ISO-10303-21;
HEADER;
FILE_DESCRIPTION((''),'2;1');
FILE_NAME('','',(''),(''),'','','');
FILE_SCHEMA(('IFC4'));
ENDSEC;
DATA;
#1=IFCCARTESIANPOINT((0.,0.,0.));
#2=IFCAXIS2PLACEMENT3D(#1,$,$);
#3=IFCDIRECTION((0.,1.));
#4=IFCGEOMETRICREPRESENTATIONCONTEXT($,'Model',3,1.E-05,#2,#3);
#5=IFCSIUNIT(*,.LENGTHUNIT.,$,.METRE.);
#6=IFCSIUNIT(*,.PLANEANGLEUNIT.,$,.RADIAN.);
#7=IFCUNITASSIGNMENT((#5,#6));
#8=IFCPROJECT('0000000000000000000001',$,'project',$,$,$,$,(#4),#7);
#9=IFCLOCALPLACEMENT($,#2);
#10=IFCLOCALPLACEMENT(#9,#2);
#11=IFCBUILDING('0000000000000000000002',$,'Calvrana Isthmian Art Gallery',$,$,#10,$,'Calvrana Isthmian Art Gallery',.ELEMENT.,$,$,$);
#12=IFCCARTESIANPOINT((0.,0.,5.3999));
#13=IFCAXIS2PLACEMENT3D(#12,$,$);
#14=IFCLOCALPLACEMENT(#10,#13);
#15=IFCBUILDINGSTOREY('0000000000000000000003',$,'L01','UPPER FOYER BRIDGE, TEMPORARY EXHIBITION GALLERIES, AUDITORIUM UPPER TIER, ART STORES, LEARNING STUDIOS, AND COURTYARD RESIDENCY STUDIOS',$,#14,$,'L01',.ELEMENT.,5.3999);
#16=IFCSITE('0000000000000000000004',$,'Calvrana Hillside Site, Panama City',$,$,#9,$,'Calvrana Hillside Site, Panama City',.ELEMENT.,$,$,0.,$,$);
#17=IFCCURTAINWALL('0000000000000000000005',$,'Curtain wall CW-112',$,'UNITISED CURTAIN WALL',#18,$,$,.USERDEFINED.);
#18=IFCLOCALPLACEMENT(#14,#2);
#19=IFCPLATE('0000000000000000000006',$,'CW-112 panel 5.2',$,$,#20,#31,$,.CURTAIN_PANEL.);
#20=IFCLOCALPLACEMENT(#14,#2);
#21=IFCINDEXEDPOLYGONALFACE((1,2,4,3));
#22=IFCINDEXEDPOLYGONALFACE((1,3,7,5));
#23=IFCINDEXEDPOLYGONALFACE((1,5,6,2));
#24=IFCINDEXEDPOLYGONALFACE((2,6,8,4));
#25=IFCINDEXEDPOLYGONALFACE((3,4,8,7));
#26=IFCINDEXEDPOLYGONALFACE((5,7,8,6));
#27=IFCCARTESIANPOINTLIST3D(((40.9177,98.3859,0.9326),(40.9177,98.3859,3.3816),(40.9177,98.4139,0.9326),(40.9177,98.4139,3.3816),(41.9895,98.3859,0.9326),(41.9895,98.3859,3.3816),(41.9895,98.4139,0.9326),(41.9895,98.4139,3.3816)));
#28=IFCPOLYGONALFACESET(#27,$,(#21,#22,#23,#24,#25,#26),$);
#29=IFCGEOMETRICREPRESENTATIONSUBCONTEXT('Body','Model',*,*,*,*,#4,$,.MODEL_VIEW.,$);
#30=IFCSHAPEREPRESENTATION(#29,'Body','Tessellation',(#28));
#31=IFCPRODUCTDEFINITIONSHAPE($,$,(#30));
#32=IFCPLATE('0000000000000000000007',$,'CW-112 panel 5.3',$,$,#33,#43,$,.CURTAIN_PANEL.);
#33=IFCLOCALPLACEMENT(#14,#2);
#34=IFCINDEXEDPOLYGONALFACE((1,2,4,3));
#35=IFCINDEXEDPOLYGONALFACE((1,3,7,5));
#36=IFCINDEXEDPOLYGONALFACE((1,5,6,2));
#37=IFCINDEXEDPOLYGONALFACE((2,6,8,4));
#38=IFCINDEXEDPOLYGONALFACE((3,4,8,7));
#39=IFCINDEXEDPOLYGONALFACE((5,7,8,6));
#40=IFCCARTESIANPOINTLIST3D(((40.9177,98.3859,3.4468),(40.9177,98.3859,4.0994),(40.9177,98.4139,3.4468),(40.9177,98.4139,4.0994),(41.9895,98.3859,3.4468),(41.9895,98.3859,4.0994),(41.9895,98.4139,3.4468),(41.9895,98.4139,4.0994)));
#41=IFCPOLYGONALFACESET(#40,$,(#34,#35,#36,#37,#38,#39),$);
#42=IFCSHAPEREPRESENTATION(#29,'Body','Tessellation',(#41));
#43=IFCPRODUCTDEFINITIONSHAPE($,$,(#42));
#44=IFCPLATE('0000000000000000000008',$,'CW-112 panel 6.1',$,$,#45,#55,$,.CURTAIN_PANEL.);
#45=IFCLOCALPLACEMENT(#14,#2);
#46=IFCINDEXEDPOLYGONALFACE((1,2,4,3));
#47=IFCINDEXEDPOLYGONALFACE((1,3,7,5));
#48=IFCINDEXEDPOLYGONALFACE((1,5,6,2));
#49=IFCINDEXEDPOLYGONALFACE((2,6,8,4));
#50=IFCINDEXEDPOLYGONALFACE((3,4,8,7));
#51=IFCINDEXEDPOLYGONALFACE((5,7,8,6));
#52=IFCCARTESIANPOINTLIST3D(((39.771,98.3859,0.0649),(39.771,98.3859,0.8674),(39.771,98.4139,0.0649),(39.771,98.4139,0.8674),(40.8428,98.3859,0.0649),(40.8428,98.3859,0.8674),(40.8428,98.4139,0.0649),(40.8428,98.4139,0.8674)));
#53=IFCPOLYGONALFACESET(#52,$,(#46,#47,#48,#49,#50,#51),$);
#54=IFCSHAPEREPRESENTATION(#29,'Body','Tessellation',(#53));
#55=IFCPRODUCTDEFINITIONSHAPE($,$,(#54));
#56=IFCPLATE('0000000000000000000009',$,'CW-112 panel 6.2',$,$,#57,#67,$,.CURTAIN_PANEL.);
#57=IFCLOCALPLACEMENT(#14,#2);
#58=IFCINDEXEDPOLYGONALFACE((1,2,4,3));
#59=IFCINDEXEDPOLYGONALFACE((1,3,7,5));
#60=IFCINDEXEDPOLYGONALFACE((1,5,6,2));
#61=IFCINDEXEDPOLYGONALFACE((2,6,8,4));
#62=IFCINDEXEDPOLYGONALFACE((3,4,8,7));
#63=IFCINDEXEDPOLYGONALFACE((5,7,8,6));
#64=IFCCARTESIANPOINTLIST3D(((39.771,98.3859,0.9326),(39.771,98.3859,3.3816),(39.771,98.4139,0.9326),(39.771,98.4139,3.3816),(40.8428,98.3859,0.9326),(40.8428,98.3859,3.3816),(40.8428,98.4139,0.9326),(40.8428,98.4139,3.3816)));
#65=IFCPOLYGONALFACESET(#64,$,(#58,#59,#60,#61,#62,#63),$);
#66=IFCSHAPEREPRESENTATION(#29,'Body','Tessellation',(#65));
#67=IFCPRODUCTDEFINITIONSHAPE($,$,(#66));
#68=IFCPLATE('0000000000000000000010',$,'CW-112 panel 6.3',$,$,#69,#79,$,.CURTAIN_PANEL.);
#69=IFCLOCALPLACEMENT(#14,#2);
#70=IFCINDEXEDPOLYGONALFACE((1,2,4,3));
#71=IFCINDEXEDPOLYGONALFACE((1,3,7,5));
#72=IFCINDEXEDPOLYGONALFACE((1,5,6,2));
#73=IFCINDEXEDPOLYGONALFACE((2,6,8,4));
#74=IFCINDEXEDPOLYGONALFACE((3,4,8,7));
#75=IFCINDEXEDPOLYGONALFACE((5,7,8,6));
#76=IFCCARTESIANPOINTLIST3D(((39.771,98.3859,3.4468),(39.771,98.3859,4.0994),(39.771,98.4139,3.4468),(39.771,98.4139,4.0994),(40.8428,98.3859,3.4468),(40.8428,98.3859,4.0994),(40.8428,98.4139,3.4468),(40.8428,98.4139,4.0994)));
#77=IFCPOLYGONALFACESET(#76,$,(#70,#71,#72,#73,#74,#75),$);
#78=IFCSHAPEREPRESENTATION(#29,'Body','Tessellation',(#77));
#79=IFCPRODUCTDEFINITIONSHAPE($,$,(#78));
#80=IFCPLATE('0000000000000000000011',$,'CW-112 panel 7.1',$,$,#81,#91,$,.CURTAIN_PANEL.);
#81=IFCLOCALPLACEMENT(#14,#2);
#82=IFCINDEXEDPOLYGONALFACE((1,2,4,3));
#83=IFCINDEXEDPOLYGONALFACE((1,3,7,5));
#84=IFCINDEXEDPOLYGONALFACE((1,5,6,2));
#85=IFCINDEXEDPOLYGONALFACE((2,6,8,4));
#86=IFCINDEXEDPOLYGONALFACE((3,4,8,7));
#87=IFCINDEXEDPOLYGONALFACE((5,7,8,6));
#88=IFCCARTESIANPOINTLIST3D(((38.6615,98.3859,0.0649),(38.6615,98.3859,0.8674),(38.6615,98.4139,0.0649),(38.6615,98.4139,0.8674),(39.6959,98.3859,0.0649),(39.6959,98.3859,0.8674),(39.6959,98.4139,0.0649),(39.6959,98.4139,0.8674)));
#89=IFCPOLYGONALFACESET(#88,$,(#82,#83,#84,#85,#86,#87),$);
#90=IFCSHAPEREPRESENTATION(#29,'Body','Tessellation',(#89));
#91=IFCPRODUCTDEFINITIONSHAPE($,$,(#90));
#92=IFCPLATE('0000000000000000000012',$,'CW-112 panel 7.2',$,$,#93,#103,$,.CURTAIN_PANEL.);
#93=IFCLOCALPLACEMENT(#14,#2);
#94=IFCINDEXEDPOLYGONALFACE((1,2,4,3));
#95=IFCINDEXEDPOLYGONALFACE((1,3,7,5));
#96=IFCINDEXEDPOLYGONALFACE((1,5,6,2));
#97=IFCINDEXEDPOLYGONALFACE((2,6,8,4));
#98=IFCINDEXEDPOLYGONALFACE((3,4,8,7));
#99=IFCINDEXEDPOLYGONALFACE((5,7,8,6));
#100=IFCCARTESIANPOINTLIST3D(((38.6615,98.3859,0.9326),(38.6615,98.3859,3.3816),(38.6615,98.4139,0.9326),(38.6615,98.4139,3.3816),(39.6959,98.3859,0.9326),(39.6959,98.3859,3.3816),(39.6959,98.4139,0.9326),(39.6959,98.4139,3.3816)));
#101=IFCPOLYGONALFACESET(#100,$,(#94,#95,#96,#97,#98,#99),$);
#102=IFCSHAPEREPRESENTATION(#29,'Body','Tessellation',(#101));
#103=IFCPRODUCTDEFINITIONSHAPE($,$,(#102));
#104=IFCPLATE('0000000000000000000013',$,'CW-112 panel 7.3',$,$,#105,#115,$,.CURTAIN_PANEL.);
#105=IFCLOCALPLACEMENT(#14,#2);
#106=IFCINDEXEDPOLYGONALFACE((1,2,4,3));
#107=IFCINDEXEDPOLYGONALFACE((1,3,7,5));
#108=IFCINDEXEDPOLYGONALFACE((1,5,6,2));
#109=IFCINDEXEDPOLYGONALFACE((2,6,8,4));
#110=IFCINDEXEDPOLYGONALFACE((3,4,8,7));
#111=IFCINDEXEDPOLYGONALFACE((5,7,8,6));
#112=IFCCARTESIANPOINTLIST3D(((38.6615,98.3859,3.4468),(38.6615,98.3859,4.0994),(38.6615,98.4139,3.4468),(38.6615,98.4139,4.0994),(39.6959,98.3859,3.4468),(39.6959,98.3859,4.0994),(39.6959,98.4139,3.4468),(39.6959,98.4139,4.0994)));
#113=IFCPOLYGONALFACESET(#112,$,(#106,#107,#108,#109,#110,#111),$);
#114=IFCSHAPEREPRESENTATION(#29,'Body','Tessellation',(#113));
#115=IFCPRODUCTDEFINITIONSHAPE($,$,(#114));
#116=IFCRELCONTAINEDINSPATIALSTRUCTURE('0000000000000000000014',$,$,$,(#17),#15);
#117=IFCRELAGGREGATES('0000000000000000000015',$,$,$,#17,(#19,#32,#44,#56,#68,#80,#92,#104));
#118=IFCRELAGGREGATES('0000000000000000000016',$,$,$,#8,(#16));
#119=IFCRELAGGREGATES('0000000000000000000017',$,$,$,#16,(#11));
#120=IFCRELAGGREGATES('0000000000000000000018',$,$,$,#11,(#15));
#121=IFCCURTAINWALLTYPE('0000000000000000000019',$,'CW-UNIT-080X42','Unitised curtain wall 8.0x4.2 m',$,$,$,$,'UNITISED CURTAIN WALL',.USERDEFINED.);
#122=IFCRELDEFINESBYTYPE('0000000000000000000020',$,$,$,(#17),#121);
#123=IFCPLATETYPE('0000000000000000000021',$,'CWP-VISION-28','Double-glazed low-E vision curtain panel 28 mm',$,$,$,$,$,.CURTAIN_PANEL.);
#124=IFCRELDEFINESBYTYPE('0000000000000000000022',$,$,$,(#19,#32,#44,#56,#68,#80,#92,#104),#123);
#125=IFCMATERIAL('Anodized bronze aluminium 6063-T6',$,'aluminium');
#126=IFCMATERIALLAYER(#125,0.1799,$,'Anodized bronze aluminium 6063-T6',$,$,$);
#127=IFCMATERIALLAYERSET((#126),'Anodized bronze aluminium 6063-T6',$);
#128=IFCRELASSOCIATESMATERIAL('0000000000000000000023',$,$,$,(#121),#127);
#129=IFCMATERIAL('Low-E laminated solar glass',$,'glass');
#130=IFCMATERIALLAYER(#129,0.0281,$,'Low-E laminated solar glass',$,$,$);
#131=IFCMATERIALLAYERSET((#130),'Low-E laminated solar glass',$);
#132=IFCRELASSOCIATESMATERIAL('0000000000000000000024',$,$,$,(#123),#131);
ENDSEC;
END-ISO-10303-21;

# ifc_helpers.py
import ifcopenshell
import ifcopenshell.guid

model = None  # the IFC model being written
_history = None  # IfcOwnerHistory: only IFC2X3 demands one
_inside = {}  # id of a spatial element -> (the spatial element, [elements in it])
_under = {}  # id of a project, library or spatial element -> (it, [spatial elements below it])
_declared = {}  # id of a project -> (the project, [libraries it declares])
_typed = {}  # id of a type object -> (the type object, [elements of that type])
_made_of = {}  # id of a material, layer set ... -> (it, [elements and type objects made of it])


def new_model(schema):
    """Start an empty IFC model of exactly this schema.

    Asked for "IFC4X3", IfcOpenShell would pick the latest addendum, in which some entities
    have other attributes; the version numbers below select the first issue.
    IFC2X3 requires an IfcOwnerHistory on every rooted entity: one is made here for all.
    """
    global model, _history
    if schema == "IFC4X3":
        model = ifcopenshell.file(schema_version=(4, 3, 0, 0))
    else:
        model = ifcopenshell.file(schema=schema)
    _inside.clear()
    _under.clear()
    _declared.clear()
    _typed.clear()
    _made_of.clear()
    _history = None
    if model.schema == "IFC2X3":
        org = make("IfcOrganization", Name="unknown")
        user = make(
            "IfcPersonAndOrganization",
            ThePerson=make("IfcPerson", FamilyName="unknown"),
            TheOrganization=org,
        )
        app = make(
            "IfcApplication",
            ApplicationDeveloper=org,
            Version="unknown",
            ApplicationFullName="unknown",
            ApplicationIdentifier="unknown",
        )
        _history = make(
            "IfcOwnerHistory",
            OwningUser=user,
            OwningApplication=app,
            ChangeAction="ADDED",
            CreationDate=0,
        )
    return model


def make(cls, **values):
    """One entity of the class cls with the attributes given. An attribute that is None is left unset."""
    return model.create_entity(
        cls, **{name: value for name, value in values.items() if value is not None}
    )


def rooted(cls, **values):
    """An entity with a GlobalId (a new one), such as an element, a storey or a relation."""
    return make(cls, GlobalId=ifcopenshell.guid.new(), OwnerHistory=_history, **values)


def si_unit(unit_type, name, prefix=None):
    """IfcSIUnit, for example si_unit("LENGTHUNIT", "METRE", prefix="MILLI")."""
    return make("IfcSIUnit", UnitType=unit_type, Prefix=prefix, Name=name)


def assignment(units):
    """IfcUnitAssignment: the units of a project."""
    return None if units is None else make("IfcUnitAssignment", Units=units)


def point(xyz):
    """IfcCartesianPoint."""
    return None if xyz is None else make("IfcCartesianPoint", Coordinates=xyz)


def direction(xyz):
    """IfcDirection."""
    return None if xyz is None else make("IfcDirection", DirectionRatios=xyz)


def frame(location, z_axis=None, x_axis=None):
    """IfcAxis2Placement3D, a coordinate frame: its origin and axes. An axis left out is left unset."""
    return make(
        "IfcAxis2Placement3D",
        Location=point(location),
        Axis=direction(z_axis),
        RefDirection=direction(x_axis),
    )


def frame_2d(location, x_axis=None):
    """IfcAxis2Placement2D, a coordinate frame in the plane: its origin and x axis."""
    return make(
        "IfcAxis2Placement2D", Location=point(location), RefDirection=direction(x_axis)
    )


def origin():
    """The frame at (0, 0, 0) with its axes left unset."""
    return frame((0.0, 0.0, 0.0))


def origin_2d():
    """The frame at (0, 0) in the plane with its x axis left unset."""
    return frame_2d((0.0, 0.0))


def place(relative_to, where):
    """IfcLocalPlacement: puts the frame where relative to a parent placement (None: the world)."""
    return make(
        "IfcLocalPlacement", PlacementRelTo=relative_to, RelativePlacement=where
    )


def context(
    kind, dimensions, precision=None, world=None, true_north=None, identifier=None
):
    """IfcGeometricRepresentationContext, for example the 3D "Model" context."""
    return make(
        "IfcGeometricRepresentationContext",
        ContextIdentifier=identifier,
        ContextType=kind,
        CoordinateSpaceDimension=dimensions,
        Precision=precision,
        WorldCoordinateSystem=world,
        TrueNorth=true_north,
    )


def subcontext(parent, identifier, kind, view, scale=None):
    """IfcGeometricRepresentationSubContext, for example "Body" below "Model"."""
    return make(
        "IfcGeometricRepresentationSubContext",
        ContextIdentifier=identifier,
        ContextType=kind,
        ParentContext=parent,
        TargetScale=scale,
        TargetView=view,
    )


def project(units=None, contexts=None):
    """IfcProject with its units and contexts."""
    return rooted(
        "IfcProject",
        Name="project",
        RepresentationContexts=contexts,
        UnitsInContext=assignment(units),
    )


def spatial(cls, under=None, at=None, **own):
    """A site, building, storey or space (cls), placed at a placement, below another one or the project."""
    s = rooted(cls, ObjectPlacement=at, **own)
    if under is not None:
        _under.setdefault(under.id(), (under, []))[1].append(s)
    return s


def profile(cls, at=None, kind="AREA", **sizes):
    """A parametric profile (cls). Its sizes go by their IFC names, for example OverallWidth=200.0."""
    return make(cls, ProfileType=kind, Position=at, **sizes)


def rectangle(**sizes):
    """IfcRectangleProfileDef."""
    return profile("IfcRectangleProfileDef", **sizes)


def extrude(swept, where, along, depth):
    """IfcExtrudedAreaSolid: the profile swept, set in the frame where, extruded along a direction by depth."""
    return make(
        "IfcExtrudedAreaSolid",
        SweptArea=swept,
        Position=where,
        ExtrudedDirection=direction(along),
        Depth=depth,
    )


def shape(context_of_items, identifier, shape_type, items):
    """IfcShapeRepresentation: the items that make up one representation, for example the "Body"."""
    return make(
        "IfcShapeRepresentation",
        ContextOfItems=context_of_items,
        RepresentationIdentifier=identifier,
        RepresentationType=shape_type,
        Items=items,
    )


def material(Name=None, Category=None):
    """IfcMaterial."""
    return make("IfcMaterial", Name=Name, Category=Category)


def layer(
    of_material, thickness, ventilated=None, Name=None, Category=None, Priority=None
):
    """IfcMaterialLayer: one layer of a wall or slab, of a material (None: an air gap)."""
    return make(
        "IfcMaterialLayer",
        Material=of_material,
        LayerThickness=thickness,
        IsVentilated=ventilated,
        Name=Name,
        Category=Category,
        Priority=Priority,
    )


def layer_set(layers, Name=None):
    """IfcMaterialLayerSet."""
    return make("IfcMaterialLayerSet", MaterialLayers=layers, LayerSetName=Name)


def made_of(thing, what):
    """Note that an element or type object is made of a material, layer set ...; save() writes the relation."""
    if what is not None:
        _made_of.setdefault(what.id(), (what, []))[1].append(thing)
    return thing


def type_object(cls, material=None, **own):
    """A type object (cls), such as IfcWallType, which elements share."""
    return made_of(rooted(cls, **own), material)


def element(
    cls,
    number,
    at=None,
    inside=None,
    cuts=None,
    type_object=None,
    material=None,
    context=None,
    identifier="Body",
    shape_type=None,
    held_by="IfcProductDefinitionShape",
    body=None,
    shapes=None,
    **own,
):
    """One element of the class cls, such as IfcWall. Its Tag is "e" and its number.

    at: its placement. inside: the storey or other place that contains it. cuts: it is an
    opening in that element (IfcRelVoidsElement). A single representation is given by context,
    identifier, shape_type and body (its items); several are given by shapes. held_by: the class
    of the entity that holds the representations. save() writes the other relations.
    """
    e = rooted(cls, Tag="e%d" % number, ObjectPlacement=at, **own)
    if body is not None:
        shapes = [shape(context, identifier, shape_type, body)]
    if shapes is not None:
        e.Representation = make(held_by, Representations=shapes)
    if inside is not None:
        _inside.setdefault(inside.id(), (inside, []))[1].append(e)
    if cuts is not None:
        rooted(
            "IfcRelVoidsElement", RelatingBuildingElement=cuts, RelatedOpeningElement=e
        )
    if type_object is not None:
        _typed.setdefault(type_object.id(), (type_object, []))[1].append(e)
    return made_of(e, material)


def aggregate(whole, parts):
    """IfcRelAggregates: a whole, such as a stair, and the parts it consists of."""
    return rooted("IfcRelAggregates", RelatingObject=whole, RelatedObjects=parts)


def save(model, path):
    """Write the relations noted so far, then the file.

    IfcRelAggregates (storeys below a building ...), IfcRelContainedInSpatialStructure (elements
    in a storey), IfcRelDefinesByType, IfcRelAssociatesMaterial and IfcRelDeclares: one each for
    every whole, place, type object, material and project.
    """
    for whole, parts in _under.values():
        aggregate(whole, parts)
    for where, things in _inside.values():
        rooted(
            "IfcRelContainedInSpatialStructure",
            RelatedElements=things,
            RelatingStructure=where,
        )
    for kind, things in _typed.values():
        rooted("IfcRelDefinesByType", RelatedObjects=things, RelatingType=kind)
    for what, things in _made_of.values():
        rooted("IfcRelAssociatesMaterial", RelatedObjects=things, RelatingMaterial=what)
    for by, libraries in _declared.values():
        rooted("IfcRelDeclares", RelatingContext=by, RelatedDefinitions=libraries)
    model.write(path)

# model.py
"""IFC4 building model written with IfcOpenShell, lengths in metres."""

from ifc_helpers import new_model, si_unit, direction, frame, origin, origin_2d, place, context, subcontext, project, spatial, rectangle, extrude, material, layer, layer_set, type_object, element, aggregate, save


model = new_model("IFC4")

# Units and contexts
model_context = context("Model", 3, precision=1e-05, world=origin(), true_north=direction((0.0, 1.0)))
body_context = subcontext(model_context, "Body", "Model", "MODEL_VIEW")
ifc_project = project(units=[si_unit("LENGTHUNIT", "METRE"), si_unit("PLANEANGLEUNIT", "RADIAN")], contexts=[model_context])

# Site, building, storey
site_placement = place(None, origin())
site = spatial("IfcSite", under=ifc_project, at=site_placement, Name="Calvrana Hillside Site, Panama City", LongName="Calvrana Hillside Site, Panama City", CompositionType="ELEMENT", RefElevation=0.0)
building_placement = place(site_placement, origin())
building = spatial("IfcBuilding", under=site, at=building_placement, Name="Calvrana Isthmian Art Gallery", LongName="Calvrana Isthmian Art Gallery", CompositionType="ELEMENT")
storey_placement = place(building_placement, frame((0.0, 0.0, 5.3999)))
storey = spatial("IfcBuildingStorey", under=building, at=storey_placement, Name="L01", Description="UPPER FOYER BRIDGE, TEMPORARY EXHIBITION GALLERIES, AUDITORIUM UPPER TIER, ART STORES, LEARNING STUDIOS, AND COURTYARD RESIDENCY STUDIOS", LongName="L01", CompositionType="ELEMENT", Elevation=5.3999)

# Curtain wall, plates
ifc_material_1 = material(Name="Anodized bronze aluminium 6063-T6", Category="aluminium")
ifc_layer_1 = layer(ifc_material_1, 0.1799, Name="Anodized bronze aluminium 6063-T6")
ifc_layer_set_1 = layer_set([ifc_layer_1], Name="Anodized bronze aluminium 6063-T6")
curtain_wall_type = type_object("IfcCurtainWallType", Name="CW-UNIT-080X42", Description="Unitised curtain wall 8.0x4.2 m", ElementType="UNITISED CURTAIN WALL", PredefinedType="USERDEFINED", material=ifc_layer_set_1)
curtain_wall_placement = place(storey_placement, origin())
curtain_wall = element("IfcCurtainWall", 1, at=curtain_wall_placement, inside=storey, type_object=curtain_wall_type, Name="Curtain wall CW-112", ObjectType="UNITISED CURTAIN WALL", PredefinedType="USERDEFINED")
ifc_material_2 = material(Name="Low-E laminated solar glass", Category="glass")
ifc_layer_2 = layer(ifc_material_2, 0.0281, Name="Low-E laminated solar glass")
ifc_layer_set_2 = layer_set([ifc_layer_2], Name="Low-E laminated solar glass")
plate_type = type_object("IfcPlateType", Name="CWP-VISION-28", Description="Double-glazed low-E vision curtain panel 28 mm", PredefinedType="CURTAIN_PANEL", material=ifc_layer_set_2)
plate_1_placement = place(storey_placement, frame((41.4536, 98.3999, 0.9326), z_axis=(0.0, 0.0, 1.0), x_axis=(-1.0, 0.0, 0.0)))
plate_1 = element("IfcPlate", 2, at=plate_1_placement, type_object=plate_type, Name="CW-112 panel 5.2", PredefinedType="CURTAIN_PANEL", context=body_context, shape_type="SweptSolid", body=[
    extrude(rectangle(XDim=1.0718, YDim=0.0281, at=origin_2d()), origin(), (0.0, 0.0, 1.0), 2.449),
])
plate_2_placement = place(storey_placement, frame((41.4536, 98.3999, 3.4468), z_axis=(0.0, 0.0, 1.0), x_axis=(-1.0, 0.0, 0.0)))
plate_2 = element("IfcPlate", 3, at=plate_2_placement, type_object=plate_type, Name="CW-112 panel 5.3", PredefinedType="CURTAIN_PANEL", context=body_context, shape_type="SweptSolid", body=[
    extrude(rectangle(XDim=1.0718, YDim=0.0281, at=origin_2d()), origin(), (0.0, 0.0, 1.0), 0.6526),
])
plate_3_placement = place(storey_placement, frame((40.3069, 98.3999, 0.0649), z_axis=(0.0, 0.0, 1.0), x_axis=(-1.0, 0.0, 0.0)))
plate_3 = element("IfcPlate", 4, at=plate_3_placement, type_object=plate_type, Name="CW-112 panel 6.1", PredefinedType="CURTAIN_PANEL", context=body_context, shape_type="SweptSolid", body=[
    extrude(rectangle(XDim=1.0718, YDim=0.0281, at=origin_2d()), origin(), (0.0, 0.0, 1.0), 0.8025),
])
plate_4_placement = place(storey_placement, frame((40.3069, 98.3999, 0.9326), z_axis=(0.0, 0.0, 1.0), x_axis=(-1.0, 0.0, 0.0)))
plate_4 = element("IfcPlate", 5, at=plate_4_placement, type_object=plate_type, Name="CW-112 panel 6.2", PredefinedType="CURTAIN_PANEL", context=body_context, shape_type="SweptSolid", body=[
    extrude(rectangle(XDim=1.0718, YDim=0.0281, at=origin_2d()), origin(), (0.0, 0.0, 1.0), 2.449),
])
plate_5_placement = place(storey_placement, frame((40.3069, 98.3999, 3.4468), z_axis=(0.0, 0.0, 1.0), x_axis=(-1.0, 0.0, 0.0)))
plate_5 = element("IfcPlate", 6, at=plate_5_placement, type_object=plate_type, Name="CW-112 panel 6.3", PredefinedType="CURTAIN_PANEL", context=body_context, shape_type="SweptSolid", body=[
    extrude(rectangle(XDim=1.0718, YDim=0.0281, at=origin_2d()), origin(), (0.0, 0.0, 1.0), 0.6526),
])
plate_6_placement = place(storey_placement, frame((39.1787, 98.3999, 0.0649), z_axis=(0.0, 0.0, 1.0), x_axis=(-1.0, 0.0, 0.0)))
plate_6 = element("IfcPlate", 7, at=plate_6_placement, type_object=plate_type, Name="CW-112 panel 7.1", PredefinedType="CURTAIN_PANEL", context=body_context, shape_type="SweptSolid", body=[
    extrude(rectangle(XDim=1.0344, YDim=0.0281, at=origin_2d()), origin(), (0.0, 0.0, 1.0), 0.8025),
])
plate_7_placement = place(storey_placement, frame((39.1787, 98.3999, 0.9326), z_axis=(0.0, 0.0, 1.0), x_axis=(-1.0, 0.0, 0.0)))
plate_7 = element("IfcPlate", 8, at=plate_7_placement, type_object=plate_type, Name="CW-112 panel 7.2", PredefinedType="CURTAIN_PANEL", context=body_context, shape_type="SweptSolid", body=[
    extrude(rectangle(XDim=1.0344, YDim=0.0281, at=origin_2d()), origin(), (0.0, 0.0, 1.0), 2.449),
])
plate_8_placement = place(storey_placement, frame((39.1787, 98.3999, 3.4468), z_axis=(0.0, 0.0, 1.0), x_axis=(-1.0, 0.0, 0.0)))
plate_8 = element("IfcPlate", 9, at=plate_8_placement, type_object=plate_type, Name="CW-112 panel 7.3", PredefinedType="CURTAIN_PANEL", context=body_context, shape_type="SweptSolid", body=[
    extrude(rectangle(XDim=1.0344, YDim=0.0281, at=origin_2d()), origin(), (0.0, 0.0, 1.0), 0.6526),
])
aggregate(curtain_wall, [plate_1, plate_2, plate_3, plate_4, plate_5, plate_6, plate_7, plate_8])

save(model, "model.ifc")
